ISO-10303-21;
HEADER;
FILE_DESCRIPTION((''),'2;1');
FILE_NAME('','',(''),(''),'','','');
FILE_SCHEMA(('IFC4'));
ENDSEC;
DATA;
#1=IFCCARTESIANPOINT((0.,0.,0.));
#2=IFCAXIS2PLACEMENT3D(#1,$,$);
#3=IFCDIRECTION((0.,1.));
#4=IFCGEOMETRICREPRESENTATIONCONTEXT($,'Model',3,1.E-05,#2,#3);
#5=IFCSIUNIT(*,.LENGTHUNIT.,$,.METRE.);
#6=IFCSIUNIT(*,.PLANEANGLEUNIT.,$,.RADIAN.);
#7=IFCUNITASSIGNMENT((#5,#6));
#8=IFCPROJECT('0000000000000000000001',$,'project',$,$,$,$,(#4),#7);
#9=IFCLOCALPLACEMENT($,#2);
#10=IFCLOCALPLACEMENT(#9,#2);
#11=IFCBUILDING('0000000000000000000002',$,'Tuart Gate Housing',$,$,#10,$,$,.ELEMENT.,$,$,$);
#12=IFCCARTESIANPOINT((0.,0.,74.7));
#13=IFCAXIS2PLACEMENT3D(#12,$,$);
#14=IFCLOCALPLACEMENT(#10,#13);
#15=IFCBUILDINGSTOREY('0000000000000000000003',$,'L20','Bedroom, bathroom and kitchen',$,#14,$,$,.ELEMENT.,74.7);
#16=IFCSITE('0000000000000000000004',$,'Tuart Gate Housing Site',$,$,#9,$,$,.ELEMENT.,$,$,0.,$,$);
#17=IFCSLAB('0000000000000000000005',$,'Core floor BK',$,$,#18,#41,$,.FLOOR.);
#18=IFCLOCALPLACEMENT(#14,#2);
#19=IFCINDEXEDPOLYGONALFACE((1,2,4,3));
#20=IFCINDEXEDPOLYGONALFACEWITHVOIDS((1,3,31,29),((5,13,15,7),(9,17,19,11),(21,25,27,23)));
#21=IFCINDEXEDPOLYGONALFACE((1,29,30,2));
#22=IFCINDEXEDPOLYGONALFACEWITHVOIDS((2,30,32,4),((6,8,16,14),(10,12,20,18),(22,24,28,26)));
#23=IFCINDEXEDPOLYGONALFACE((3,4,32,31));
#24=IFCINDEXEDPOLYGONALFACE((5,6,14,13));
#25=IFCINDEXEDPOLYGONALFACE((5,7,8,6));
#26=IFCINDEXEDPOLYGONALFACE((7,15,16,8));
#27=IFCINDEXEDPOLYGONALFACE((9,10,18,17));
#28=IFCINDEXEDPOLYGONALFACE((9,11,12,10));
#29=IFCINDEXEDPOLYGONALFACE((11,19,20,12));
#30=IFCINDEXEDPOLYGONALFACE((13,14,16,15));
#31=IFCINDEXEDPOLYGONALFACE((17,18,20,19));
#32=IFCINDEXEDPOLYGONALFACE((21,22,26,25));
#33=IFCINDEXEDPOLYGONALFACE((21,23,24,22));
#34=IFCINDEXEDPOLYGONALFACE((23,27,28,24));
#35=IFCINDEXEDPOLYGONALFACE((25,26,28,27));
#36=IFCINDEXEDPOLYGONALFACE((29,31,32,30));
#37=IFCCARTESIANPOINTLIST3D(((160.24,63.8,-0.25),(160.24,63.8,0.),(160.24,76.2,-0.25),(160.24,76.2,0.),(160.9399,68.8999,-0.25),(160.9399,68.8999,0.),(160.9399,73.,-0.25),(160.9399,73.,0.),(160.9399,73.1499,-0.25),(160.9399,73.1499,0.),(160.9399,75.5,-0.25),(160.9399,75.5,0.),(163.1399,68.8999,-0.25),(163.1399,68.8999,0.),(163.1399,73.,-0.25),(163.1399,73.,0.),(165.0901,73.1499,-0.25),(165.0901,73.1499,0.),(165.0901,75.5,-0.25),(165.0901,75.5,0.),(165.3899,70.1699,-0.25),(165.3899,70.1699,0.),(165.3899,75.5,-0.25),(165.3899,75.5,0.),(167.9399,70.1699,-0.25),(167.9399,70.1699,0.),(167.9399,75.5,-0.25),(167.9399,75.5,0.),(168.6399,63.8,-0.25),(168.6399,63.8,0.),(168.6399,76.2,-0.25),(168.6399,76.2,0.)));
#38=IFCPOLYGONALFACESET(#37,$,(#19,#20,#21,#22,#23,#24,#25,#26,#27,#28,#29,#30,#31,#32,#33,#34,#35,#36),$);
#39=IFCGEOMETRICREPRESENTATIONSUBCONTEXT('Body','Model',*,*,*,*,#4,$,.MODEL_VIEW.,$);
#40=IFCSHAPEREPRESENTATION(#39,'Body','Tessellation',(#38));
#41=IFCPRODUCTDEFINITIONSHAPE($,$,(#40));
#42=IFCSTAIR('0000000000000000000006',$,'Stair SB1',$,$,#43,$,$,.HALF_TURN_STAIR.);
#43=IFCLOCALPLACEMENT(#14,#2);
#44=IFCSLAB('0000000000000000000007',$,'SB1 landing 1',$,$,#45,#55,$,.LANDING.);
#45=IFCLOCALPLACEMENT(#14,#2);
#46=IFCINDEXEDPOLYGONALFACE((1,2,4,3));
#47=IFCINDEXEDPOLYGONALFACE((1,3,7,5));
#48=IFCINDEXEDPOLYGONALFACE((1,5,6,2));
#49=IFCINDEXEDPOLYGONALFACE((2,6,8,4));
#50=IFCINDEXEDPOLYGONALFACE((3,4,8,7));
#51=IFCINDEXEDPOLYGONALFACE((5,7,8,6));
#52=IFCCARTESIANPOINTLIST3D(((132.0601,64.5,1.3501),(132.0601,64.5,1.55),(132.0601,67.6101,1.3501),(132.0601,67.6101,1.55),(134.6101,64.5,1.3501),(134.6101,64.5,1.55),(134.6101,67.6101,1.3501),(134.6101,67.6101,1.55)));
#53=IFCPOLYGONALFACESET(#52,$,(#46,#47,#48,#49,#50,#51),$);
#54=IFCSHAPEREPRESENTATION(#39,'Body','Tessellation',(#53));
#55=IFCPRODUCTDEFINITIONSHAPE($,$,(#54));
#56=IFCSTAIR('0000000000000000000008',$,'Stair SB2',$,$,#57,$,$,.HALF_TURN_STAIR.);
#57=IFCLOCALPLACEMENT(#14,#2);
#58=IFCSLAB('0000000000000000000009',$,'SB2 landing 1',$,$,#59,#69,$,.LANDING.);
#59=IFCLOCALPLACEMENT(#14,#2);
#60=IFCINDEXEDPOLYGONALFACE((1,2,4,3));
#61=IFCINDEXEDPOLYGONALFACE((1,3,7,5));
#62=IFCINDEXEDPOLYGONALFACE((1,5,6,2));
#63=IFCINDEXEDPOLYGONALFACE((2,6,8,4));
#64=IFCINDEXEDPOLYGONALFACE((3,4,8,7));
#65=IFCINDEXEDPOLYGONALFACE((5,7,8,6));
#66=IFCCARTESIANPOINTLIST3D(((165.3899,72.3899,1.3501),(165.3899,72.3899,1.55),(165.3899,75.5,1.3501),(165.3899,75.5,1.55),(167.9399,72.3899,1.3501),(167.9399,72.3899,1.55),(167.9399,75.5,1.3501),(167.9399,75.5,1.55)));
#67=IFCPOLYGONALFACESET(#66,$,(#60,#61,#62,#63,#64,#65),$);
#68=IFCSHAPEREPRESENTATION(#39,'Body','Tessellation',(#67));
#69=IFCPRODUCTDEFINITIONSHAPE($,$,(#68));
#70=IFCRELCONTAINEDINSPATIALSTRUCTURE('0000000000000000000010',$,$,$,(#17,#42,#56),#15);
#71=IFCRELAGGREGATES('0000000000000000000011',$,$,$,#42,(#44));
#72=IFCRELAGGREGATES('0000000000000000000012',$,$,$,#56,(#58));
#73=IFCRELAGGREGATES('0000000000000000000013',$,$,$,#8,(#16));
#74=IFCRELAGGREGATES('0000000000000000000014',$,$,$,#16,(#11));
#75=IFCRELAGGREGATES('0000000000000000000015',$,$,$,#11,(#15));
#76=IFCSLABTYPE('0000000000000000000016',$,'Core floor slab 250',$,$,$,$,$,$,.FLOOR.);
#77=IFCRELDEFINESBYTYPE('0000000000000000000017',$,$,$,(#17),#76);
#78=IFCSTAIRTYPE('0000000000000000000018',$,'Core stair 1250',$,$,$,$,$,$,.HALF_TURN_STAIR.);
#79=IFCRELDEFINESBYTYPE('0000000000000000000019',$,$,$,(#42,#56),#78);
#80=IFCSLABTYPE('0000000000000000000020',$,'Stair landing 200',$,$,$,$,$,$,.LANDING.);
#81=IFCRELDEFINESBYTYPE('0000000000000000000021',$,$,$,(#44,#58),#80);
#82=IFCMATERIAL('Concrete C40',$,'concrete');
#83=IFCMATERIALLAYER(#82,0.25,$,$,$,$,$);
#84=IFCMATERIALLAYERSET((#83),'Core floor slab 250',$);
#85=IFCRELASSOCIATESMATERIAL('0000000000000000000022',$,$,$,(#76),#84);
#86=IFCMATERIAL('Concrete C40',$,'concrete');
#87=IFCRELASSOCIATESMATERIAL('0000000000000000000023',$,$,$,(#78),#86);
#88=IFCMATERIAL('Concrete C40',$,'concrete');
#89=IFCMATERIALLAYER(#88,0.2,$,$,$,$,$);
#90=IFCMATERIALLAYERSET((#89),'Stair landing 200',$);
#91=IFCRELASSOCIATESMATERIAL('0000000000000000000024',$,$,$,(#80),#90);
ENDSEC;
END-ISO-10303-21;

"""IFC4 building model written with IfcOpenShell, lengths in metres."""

from ifc_helpers import new_model, si_unit, direction, frame, origin, place, context, subcontext, project, spatial, polyline, outline, extrude, material, layer, layer_set, type_object, element, aggregate, save


model = new_model("IFC4")

# Units and contexts
model_context = context("Model", 3, precision=1e-05, world=origin(), true_north=direction((0.0, 1.0)))
body_context = subcontext(model_context, "Body", "Model", "MODEL_VIEW")
ifc_project = project(units=[si_unit("LENGTHUNIT", "METRE"), si_unit("PLANEANGLEUNIT", "RADIAN")], contexts=[model_context])

# Site, building, storey
site_placement = place(None, origin())
site = spatial("IfcSite", under=ifc_project, at=site_placement, Name="Tuart Gate Housing Site", CompositionType="ELEMENT", RefElevation=0.0)
building_placement = place(site_placement, origin())
building = spatial("IfcBuilding", under=site, at=building_placement, Name="Tuart Gate Housing", CompositionType="ELEMENT")
storey_placement = place(building_placement, frame((0.0, 0.0, 74.7)))
storey = spatial("IfcBuildingStorey", under=building, at=storey_placement, Name="L20", Description="Bedroom, bathroom and kitchen", CompositionType="ELEMENT", Elevation=74.7)

# Slab
ifc_material_1 = material(Name="Concrete C40", Category="concrete")
ifc_layer_1 = layer(ifc_material_1, 0.25)
ifc_layer_set_1 = layer_set([ifc_layer_1], Name="Core floor slab 250")
slab_type_1 = type_object("IfcSlabType", Name="Core floor slab 250", PredefinedType="FLOOR", material=ifc_layer_set_1)
slab_1_placement = place(storey_placement, frame((0.0, 0.0, -0.25)))
element("IfcSlab", 1, at=slab_1_placement, inside=storey, type_object=slab_type_1, Name="Core floor BK", PredefinedType="FLOOR", context=body_context, shape_type="SweptSolid", body=[
    extrude(outline(polyline([(160.24, 63.8), (168.6399, 63.8), (168.6399, 76.2), (160.24, 76.2), (160.24, 63.8)]), holes=[polyline([(160.9399, 73.1499), (165.0901, 73.1499), (165.0901, 75.5), (160.9399, 75.5), (160.9399, 73.1499)]), polyline([(160.9399, 68.8999), (163.1399, 68.8999), (163.1399, 73.0), (160.9399, 73.0), (160.9399, 68.8999)]), polyline([(165.3899, 70.1699), (167.9399, 70.1699), (167.9399, 75.5), (165.3899, 75.5), (165.3899, 70.1699)])]), origin(), (0.0, 0.0, 1.0), 0.25),
])

# Stairs, slabs
ifc_material_2 = material(Name="Concrete C40", Category="concrete")
stair_type = type_object("IfcStairType", Name="Core stair 1250", PredefinedType="HALF_TURN_STAIR", material=ifc_material_2)
stair_1_placement = place(storey_placement, origin())
stair_1 = element("IfcStair", 2, at=stair_1_placement, inside=storey, type_object=stair_type, Name="Stair SB1", PredefinedType="HALF_TURN_STAIR")
ifc_material_3 = material(Name="Concrete C40", Category="concrete")
ifc_layer_2 = layer(ifc_material_3, 0.2)
ifc_layer_set_2 = layer_set([ifc_layer_2], Name="Stair landing 200")
slab_type_2 = type_object("IfcSlabType", Name="Stair landing 200", PredefinedType="LANDING", material=ifc_layer_set_2)
slab_2_placement = place(storey_placement, frame((0.0, 0.0, 1.3501)))
slab_2 = element("IfcSlab", 3, at=slab_2_placement, type_object=slab_type_2, Name="SB1 landing 1", PredefinedType="LANDING", context=body_context, shape_type="SweptSolid", body=[
    extrude(outline(polyline([(134.6101, 67.6101), (132.0601, 67.6101), (132.0601, 64.5), (134.6101, 64.5), (134.6101, 67.6101)])), origin(), (0.0, 0.0, 1.0), 0.2),
])
aggregate(stair_1, [slab_2])
stair_2_placement = place(storey_placement, origin())
stair_2 = element("IfcStair", 4, at=stair_2_placement, inside=storey, type_object=stair_type, Name="Stair SB2", PredefinedType="HALF_TURN_STAIR")
slab_3_placement = place(storey_placement, frame((0.0, 0.0, 1.3501)))
slab_3 = element("IfcSlab", 5, at=slab_3_placement, type_object=slab_type_2, Name="SB2 landing 1", PredefinedType="LANDING", context=body_context, shape_type="SweptSolid", body=[
    extrude(outline(polyline([(165.3899, 72.3899), (167.9399, 72.3899), (167.9399, 75.5), (165.3899, 75.5), (165.3899, 72.3899)])), origin(), (0.0, 0.0, 1.0), 0.2),
])
aggregate(stair_2, [slab_3])

save(model, "model.ifc")
